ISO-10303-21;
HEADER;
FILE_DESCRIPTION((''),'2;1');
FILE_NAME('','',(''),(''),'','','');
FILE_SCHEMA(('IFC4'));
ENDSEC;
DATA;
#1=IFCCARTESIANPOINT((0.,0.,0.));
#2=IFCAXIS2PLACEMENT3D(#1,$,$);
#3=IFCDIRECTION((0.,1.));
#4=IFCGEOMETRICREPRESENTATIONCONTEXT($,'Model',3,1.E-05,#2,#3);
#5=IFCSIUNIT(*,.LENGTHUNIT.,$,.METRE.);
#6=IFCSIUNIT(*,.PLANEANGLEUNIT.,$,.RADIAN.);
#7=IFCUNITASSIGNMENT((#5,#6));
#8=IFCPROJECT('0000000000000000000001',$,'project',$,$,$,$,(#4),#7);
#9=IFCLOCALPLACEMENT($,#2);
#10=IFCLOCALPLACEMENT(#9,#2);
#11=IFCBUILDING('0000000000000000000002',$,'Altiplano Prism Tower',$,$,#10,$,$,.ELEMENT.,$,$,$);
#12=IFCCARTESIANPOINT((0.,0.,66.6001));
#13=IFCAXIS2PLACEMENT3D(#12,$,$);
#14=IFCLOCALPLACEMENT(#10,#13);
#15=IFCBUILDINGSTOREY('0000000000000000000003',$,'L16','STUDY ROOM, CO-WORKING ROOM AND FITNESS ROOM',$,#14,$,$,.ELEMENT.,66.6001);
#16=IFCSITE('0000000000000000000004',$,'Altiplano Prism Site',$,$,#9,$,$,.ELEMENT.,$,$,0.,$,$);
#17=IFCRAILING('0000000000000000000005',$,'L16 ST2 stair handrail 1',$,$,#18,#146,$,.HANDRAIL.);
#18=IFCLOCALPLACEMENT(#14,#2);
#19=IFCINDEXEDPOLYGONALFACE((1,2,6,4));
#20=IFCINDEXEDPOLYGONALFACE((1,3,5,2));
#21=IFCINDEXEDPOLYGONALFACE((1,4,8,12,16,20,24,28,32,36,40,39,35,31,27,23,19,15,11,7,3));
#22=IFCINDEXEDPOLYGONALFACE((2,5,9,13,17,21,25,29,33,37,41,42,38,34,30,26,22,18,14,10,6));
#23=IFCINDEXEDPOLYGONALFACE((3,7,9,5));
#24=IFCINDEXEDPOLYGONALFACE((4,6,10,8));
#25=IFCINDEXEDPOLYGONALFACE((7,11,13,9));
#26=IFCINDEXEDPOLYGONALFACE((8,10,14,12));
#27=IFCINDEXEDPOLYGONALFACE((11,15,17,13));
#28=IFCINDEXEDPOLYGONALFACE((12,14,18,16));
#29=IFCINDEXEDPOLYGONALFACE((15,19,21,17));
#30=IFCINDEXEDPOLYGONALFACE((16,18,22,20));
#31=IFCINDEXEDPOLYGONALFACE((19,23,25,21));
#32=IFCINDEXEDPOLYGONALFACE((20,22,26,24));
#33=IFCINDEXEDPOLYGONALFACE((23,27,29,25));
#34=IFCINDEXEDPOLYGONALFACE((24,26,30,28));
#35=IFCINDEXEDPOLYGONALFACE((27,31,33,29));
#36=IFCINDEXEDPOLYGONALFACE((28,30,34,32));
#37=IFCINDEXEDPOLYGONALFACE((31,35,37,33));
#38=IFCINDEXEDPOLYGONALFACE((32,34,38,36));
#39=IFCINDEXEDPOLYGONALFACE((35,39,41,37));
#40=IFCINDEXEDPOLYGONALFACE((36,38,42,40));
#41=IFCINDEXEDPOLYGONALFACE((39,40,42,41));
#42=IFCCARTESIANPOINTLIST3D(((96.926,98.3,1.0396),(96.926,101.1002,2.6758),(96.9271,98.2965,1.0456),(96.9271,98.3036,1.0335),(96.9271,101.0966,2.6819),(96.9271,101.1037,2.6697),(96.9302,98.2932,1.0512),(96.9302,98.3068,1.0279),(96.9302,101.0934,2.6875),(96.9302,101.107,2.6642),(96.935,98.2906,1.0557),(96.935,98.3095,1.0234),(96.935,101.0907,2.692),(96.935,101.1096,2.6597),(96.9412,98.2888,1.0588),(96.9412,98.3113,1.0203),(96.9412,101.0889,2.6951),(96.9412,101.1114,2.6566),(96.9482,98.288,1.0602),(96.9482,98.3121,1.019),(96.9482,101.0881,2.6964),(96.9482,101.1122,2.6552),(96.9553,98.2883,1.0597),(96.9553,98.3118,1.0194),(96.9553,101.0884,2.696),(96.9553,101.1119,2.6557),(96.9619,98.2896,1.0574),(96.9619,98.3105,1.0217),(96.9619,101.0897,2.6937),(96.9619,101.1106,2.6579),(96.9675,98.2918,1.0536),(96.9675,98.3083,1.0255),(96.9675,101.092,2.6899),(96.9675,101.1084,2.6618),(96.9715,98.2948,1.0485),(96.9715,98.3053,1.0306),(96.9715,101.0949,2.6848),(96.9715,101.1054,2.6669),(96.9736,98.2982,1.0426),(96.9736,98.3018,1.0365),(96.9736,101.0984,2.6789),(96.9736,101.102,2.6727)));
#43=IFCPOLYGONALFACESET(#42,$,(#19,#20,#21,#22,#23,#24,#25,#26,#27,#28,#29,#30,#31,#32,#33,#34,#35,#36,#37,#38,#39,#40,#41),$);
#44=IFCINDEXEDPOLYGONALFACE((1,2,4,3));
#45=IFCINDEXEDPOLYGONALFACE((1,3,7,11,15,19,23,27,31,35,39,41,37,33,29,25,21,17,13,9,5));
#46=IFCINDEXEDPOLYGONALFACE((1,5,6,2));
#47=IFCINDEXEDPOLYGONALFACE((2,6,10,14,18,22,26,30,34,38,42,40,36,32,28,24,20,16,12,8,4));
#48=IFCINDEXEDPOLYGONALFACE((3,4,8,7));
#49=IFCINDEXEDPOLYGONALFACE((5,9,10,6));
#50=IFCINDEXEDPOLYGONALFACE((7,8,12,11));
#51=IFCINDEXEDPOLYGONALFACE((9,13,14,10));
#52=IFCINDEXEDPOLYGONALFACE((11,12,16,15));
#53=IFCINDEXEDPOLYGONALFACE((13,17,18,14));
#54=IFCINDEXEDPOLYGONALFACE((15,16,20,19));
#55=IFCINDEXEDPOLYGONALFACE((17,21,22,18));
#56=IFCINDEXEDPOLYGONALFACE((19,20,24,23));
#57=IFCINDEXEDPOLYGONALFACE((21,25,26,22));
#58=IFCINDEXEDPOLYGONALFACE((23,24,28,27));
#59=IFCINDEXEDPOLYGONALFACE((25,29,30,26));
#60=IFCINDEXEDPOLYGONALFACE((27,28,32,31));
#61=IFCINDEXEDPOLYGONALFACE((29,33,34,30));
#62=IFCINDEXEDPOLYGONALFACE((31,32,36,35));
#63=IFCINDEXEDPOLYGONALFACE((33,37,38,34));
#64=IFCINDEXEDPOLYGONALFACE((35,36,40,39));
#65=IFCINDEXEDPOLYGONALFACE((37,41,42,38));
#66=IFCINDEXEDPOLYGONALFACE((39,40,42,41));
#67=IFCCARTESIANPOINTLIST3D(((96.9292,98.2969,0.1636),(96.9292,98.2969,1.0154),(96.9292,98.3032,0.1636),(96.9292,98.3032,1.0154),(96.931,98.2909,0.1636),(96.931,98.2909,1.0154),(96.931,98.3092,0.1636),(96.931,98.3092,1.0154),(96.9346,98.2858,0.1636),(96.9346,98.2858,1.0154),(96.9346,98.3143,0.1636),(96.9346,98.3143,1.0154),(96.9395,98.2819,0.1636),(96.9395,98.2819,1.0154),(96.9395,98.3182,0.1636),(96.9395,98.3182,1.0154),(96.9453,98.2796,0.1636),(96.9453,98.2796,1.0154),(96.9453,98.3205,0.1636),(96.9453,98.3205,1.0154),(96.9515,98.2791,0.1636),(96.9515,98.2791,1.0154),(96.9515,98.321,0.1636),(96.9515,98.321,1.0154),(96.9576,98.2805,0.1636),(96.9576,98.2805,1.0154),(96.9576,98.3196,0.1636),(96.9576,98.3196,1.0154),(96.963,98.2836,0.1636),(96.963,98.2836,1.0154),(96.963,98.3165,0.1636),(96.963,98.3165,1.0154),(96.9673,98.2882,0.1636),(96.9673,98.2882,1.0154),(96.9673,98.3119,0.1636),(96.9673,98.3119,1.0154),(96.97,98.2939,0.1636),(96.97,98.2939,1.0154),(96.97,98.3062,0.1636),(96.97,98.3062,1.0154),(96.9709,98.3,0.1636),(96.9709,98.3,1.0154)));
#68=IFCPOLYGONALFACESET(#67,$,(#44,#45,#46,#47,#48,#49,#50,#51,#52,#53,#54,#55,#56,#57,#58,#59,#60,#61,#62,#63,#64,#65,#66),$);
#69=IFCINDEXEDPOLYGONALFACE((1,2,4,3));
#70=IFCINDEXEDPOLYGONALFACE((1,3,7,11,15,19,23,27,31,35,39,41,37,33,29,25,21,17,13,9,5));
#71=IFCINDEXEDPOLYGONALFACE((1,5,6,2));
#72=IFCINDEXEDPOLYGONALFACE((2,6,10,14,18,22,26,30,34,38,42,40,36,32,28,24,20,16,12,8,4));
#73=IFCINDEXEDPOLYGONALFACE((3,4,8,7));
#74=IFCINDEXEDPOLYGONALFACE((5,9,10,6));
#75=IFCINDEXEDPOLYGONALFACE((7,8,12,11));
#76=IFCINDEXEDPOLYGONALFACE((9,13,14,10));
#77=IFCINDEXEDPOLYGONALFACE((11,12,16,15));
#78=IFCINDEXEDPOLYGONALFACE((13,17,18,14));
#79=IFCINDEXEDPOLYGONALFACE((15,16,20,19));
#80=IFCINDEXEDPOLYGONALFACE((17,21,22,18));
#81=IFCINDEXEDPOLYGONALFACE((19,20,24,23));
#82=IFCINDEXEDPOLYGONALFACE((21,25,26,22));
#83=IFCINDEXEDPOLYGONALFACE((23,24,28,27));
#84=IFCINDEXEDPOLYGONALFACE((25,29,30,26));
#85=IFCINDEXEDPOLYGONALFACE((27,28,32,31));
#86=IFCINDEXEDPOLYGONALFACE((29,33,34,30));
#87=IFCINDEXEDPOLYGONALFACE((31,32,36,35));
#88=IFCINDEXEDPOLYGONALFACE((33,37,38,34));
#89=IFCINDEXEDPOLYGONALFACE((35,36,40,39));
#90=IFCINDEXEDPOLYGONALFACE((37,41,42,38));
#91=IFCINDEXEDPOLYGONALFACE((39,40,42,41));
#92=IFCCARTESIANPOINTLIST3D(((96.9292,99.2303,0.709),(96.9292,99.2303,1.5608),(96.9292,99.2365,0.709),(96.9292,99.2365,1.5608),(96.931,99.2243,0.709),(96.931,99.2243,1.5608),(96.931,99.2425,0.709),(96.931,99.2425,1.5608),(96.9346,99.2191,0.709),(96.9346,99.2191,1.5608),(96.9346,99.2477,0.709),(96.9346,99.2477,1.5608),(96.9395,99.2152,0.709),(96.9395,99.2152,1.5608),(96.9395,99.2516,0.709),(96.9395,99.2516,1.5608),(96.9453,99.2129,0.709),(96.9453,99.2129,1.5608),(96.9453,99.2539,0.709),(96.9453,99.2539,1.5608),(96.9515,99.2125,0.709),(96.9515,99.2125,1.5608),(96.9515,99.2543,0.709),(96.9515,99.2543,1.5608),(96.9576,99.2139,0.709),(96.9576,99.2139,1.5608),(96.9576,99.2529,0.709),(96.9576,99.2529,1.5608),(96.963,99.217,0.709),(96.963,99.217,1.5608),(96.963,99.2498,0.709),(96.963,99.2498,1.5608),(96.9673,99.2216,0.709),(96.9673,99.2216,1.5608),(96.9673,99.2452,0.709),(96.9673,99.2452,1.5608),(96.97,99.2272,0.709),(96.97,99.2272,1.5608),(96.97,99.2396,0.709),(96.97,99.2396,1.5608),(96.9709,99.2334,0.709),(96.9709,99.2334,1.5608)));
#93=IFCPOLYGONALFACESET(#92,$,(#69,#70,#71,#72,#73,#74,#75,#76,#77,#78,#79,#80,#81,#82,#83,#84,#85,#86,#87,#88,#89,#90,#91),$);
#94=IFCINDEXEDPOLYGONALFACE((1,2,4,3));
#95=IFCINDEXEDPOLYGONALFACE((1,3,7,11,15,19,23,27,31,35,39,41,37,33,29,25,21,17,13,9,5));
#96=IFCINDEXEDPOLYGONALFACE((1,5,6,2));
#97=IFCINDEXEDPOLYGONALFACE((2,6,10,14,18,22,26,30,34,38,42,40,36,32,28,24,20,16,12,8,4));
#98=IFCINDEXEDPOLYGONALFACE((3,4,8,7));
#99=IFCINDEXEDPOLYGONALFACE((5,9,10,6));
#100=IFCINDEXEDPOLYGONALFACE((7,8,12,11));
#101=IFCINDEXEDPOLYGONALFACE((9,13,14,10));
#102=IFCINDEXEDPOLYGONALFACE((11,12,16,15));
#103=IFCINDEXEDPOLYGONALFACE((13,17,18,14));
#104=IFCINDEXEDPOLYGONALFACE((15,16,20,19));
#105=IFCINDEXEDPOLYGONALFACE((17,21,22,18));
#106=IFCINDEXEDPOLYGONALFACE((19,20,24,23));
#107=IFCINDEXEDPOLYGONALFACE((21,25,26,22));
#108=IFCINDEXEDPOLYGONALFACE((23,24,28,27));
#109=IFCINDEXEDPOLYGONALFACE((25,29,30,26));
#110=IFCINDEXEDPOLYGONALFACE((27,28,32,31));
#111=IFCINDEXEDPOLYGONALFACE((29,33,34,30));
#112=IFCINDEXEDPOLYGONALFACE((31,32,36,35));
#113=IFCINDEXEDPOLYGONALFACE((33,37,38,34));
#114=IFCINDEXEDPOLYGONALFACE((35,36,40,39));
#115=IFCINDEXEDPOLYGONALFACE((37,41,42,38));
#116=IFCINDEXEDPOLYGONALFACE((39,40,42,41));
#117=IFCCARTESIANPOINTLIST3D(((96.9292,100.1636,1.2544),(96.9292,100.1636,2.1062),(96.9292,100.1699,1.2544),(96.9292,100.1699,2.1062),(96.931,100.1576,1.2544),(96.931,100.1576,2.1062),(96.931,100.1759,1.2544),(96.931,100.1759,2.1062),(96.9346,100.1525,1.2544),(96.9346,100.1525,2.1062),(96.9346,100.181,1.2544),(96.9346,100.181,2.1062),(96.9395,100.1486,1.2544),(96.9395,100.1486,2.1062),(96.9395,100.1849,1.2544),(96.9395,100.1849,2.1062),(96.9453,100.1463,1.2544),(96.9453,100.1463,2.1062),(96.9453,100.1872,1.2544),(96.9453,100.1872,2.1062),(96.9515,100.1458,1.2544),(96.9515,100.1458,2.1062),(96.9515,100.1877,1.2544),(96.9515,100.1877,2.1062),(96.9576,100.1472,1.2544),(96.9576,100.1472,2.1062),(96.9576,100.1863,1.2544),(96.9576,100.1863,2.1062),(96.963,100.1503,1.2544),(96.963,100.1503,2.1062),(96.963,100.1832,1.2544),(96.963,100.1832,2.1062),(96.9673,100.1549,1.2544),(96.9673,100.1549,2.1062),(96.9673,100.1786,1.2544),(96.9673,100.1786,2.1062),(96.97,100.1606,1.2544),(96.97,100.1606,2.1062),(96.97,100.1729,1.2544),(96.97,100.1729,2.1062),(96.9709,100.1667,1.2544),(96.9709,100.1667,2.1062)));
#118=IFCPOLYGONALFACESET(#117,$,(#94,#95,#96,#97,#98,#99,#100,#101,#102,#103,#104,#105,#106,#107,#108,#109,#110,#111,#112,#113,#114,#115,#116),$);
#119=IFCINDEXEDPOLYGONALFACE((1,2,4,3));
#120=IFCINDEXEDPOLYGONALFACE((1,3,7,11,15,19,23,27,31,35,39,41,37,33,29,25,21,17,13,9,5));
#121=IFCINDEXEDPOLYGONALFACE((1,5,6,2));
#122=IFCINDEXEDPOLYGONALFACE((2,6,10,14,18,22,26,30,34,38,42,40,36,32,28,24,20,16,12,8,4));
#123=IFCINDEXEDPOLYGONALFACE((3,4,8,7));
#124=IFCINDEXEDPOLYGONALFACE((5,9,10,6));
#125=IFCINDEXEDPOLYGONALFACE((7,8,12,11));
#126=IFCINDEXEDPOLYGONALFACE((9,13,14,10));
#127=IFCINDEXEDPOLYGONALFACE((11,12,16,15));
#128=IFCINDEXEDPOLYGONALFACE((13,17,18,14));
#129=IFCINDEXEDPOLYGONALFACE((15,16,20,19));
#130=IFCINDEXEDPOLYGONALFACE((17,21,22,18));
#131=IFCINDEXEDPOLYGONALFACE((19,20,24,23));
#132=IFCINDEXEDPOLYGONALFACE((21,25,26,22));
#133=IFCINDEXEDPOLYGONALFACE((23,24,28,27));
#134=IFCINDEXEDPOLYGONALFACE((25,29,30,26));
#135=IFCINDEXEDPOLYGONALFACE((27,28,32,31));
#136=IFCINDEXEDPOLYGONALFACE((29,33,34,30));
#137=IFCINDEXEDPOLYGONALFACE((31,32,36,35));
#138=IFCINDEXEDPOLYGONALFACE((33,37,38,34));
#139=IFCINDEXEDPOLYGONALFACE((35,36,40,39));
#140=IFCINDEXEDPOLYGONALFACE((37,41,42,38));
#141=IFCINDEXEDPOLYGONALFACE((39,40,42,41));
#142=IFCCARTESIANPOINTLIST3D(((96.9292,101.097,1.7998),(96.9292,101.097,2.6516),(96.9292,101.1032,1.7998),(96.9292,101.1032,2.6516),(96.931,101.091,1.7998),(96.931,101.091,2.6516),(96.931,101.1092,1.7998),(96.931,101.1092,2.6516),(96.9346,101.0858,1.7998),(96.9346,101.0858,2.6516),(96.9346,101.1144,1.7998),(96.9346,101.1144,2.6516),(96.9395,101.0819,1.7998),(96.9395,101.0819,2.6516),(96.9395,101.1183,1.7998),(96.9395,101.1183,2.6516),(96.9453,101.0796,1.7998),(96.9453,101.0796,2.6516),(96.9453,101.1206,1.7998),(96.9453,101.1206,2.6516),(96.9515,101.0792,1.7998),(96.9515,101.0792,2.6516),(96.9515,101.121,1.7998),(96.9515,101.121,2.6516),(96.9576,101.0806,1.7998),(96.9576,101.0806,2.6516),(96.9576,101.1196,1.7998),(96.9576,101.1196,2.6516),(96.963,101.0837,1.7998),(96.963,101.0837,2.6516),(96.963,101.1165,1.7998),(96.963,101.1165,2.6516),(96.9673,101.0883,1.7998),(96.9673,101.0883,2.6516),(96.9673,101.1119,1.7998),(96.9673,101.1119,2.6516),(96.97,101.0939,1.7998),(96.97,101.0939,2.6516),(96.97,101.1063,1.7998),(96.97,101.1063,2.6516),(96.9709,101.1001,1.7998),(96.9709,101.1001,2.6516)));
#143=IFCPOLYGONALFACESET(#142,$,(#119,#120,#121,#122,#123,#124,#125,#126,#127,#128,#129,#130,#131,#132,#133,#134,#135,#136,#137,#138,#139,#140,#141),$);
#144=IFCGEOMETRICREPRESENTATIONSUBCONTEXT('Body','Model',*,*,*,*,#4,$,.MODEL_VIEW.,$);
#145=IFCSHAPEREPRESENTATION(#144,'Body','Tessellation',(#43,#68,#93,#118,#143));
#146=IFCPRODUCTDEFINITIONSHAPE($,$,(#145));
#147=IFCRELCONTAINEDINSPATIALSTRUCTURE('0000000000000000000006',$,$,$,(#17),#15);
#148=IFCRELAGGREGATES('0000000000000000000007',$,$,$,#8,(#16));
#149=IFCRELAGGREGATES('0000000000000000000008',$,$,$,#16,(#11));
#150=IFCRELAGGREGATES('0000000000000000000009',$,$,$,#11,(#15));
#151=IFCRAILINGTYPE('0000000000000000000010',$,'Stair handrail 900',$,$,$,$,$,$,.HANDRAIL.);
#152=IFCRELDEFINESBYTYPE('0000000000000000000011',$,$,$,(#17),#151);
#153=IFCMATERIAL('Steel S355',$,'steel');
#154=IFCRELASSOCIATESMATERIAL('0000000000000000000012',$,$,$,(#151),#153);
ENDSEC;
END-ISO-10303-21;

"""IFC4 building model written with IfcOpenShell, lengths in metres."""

from ifc_helpers import new_model, si_unit, direction, frame, origin, origin_2d, place, context, subcontext, project, spatial, circle, extrude, material, type_object, element, save


model = new_model("IFC4")

# Units and contexts
model_context = context("Model", 3, precision=1e-05, world=origin(), true_north=direction((0.0, 1.0)))
body_context = subcontext(model_context, "Body", "Model", "MODEL_VIEW")
ifc_project = project(units=[si_unit("LENGTHUNIT", "METRE"), si_unit("PLANEANGLEUNIT", "RADIAN")], contexts=[model_context])

# Site, building, storey
site_placement = place(None, origin())
site = spatial("IfcSite", under=ifc_project, at=site_placement, Name="Altiplano Prism Site", CompositionType="ELEMENT", RefElevation=0.0)
building_placement = place(site_placement, origin())
building = spatial("IfcBuilding", under=site, at=building_placement, Name="Altiplano Prism Tower", CompositionType="ELEMENT")
storey_placement = place(building_placement, frame((0.0, 0.0, 66.6001)))
storey = spatial("IfcBuildingStorey", under=building, at=storey_placement, Name="L16", Description="STUDY ROOM, CO-WORKING ROOM AND FITNESS ROOM", CompositionType="ELEMENT", Elevation=66.6001)

# Railing
ifc_material_1 = material(Name="Steel S355", Category="steel")
railing_type_1 = type_object("IfcRailingType", Name="Stair handrail 900", PredefinedType="HANDRAIL", material=ifc_material_1)
railing_1_placement = place(storey_placement, frame((96.95, 98.3, 0.1636)))
element("IfcRailing", 1, at=railing_1_placement, inside=storey, type_object=railing_type_1, Name="L16 ST2 stair handrail 1", PredefinedType="HANDRAIL", context=body_context, shape_type="SweptSolid", body=[
    extrude(circle(Radius=0.0239, at=origin_2d()), frame((0.0, 0.0, 0.876), z_axis=(0.0, 0.863394, 0.504531), x_axis=(-1.0, 0.0, 0.0)), (0.0, 0.0, 1.0), 3.2432),
    extrude(circle(Radius=0.021, at=origin_2d()), origin(), (0.0, 0.0, 1.0), 0.8518),
    extrude(circle(Radius=0.021, at=origin_2d()), frame((0.0, 0.9333, 0.5454)), (0.0, 0.0, 1.0), 0.8518),
    extrude(circle(Radius=0.021, at=origin_2d()), frame((0.0, 1.8667, 1.0908)), (0.0, 0.0, 1.0), 0.8518),
    extrude(circle(Radius=0.021, at=origin_2d()), frame((0.0, 2.8, 1.6362)), (0.0, 0.0, 1.0), 0.8518),
])

save(model, "model.ifc")
